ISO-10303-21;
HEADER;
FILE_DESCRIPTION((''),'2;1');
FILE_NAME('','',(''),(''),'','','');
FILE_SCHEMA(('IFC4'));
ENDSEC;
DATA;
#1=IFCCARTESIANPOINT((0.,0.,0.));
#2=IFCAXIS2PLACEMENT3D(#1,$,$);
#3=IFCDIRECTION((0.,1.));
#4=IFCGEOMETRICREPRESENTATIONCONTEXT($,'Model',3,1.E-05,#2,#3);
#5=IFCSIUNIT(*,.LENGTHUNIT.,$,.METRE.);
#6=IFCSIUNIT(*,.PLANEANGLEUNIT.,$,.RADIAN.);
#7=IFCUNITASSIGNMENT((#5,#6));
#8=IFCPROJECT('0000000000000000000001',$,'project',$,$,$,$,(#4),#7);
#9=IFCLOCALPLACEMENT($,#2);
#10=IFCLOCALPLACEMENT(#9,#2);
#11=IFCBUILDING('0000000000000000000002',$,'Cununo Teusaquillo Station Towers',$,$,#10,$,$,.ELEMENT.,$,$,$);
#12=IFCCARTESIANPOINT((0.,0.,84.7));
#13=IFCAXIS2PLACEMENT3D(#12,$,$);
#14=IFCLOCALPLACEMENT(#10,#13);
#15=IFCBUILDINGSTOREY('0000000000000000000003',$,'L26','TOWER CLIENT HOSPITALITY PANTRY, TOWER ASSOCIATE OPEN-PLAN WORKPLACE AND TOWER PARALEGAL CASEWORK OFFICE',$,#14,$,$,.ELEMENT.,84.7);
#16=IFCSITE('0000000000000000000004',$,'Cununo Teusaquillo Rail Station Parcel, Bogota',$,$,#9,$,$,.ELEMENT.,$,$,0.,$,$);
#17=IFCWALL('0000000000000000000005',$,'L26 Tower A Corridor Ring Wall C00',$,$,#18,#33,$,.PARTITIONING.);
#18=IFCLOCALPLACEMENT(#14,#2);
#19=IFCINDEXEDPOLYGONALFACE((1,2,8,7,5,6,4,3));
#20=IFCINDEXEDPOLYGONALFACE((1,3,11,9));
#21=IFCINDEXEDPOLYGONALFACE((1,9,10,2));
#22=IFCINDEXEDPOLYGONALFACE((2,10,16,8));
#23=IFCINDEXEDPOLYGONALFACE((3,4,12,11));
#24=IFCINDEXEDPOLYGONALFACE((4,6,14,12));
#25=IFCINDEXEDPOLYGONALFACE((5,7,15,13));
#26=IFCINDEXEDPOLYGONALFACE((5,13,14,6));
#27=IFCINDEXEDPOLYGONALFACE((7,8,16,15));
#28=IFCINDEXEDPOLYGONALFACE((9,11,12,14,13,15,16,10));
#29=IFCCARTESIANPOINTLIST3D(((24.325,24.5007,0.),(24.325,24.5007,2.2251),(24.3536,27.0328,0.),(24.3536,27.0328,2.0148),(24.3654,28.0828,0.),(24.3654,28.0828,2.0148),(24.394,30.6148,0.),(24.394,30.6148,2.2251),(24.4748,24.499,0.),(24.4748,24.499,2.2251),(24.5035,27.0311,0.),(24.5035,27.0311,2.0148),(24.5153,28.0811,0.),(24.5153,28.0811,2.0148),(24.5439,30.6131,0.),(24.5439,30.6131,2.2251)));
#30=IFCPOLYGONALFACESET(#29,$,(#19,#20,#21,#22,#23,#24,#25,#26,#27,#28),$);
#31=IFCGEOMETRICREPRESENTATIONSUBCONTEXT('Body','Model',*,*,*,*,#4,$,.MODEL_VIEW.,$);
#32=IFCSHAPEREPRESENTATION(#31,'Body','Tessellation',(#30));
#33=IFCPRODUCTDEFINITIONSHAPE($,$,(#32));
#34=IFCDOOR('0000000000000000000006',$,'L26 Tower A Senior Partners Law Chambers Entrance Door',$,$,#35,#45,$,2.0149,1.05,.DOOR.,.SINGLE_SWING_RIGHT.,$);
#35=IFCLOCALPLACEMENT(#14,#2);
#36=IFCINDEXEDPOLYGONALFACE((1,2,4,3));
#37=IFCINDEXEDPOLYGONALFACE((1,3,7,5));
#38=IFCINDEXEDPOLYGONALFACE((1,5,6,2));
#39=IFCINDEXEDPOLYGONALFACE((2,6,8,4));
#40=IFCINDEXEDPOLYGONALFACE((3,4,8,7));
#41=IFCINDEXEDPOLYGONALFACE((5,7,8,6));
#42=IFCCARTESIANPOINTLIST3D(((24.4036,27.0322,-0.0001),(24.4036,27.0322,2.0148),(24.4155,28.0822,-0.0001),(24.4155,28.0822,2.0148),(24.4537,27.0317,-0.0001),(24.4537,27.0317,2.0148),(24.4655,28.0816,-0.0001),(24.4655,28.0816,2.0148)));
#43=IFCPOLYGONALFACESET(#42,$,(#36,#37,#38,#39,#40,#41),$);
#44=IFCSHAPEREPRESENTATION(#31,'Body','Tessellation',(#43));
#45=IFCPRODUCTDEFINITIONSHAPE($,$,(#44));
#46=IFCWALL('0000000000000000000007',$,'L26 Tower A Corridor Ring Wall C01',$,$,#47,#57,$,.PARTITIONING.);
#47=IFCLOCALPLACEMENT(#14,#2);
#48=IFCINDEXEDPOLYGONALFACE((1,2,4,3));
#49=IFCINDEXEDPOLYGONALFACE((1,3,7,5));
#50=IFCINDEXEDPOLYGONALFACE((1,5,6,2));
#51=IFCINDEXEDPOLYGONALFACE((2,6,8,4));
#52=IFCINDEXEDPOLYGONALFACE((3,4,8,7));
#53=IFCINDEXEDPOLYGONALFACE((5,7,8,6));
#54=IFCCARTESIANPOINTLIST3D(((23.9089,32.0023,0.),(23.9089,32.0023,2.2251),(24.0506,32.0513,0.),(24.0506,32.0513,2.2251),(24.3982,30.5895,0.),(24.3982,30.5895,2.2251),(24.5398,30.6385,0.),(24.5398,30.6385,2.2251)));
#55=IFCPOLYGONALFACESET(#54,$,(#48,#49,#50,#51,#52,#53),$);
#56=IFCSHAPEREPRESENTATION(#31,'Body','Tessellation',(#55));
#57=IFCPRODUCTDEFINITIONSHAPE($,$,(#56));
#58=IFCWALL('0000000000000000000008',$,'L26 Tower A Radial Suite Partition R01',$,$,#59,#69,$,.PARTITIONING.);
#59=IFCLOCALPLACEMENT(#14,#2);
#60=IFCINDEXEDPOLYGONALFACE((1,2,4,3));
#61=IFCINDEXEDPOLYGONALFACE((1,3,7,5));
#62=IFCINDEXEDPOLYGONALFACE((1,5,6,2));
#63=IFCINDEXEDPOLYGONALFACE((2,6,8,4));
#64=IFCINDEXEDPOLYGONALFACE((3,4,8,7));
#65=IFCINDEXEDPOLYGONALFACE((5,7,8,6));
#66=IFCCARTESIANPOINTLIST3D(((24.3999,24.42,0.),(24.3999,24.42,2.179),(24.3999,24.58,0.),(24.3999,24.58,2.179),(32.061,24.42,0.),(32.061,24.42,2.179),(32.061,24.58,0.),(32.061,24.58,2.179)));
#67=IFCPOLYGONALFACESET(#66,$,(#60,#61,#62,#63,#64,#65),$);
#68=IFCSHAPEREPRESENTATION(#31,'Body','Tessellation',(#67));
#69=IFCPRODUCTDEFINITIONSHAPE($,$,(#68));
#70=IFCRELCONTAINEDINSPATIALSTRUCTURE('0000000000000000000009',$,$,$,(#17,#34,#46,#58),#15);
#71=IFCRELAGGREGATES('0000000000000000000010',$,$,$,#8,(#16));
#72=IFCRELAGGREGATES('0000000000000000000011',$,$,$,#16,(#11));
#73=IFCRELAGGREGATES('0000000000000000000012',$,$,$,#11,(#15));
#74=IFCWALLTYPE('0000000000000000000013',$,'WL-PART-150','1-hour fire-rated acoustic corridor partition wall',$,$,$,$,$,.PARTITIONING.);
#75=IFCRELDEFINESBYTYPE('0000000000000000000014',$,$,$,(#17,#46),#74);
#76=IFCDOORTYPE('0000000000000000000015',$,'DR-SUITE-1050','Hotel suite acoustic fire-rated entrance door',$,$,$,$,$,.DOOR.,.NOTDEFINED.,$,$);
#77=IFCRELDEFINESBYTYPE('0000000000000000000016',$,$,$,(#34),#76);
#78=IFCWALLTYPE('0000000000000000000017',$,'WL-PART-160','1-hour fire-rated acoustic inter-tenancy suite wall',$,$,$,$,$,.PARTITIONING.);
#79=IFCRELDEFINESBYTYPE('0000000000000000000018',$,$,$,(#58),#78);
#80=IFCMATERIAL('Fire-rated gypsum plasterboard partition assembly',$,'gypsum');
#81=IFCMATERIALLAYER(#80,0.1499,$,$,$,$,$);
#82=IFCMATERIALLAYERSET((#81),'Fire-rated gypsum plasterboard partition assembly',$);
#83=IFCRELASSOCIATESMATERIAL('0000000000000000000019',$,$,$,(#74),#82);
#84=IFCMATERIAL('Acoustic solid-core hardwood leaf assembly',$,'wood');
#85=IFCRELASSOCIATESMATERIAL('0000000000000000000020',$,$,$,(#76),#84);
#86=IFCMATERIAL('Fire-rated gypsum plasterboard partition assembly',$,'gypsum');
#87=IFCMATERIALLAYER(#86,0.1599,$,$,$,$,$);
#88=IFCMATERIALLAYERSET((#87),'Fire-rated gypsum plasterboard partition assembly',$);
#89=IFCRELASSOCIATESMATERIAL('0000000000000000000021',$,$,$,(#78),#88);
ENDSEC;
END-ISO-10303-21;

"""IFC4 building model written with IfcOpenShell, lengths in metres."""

from ifc_helpers import new_model, si_unit, direction, frame, frame_2d, origin, place, context, subcontext, project, spatial, rectangle, extrude, source, transform, mapped, material, layer, layer_set, type_object, element, fill, save


model = new_model("IFC4")

# Units and contexts
model_context = context("Model", 3, precision=1e-05, world=origin(), true_north=direction((0.0, 1.0)))
body_context = subcontext(model_context, "Body", "Model", "MODEL_VIEW")
ifc_project = project(units=[si_unit("LENGTHUNIT", "METRE"), si_unit("PLANEANGLEUNIT", "RADIAN")], contexts=[model_context])

# Site, building, storey
site_placement = place(None, origin())
site = spatial("IfcSite", under=ifc_project, at=site_placement, Name="Cununo Teusaquillo Rail Station Parcel, Bogota", CompositionType="ELEMENT", RefElevation=0.0)
building_placement = place(site_placement, origin())
building = spatial("IfcBuilding", under=site, at=building_placement, Name="Cununo Teusaquillo Station Towers", CompositionType="ELEMENT")
storey_placement = place(building_placement, frame((0.0, 0.0, 84.7)))
storey = spatial("IfcBuildingStorey", under=building, at=storey_placement, Name="L26", Description="TOWER CLIENT HOSPITALITY PANTRY, TOWER ASSOCIATE OPEN-PLAN WORKPLACE AND TOWER PARALEGAL CASEWORK OFFICE", CompositionType="ELEMENT", Elevation=84.7)

# Wall, opening, door
ifc_material_1 = material(Name="Fire-rated gypsum plasterboard partition assembly", Category="gypsum")
ifc_layer_1 = layer(ifc_material_1, 0.1499)
ifc_layer_set_1 = layer_set([ifc_layer_1], Name="Fire-rated gypsum plasterboard partition assembly")
wall_type_1 = type_object("IfcWallType", Name="WL-PART-150", Description="1-hour fire-rated acoustic corridor partition wall", PredefinedType="PARTITIONING", material=ifc_layer_set_1)
wall_1_placement = place(storey_placement, frame((24.3999, 24.5, 0.0), z_axis=(0.0, 0.0, 1.0), x_axis=(0.0113, 0.999936, 0.0)))
wall_1 = element("IfcWall", 1, at=wall_1_placement, inside=storey, type_object=wall_type_1, Name="L26 Tower A Corridor Ring Wall C00", PredefinedType="PARTITIONING", context=body_context, shape_type="SweptSolid", body=[
    extrude(rectangle(XDim=6.1145, YDim=0.1499, at=frame_2d((3.0571, 0.0))), origin(), (0.0, 0.0, 1.0), 2.2251),
])
shared_shape_1 = source(origin(), body_context, "Body", "SweptSolid", [
    extrude(rectangle(XDim=1.05, YDim=2.0149, at=frame_2d((0.5249, 1.0073))), frame((0.0, 0.085, 0.0), z_axis=(0.0, -1.0, 0.0), x_axis=(1.0, 0.0, 0.0)), (0.0, 0.0, 1.0), 0.1699),
])
opening_1_placement = place(wall_1_placement, frame((2.5322, 0.0, 0.0)))
opening_1 = element("IfcOpeningElement", 2, at=opening_1_placement, cuts=wall_1, PredefinedType="OPENING", context=body_context, shape_type="MappedRepresentation", body=[
    mapped(shared_shape_1, transform((0.0, 0.0, 0.0), x_axis=(1.0, 0.0, 0.0), y_axis=(0.0, 1.0, 0.0), z_axis=(0.0, 0.0, 1.0), scale=1.0)),
])
ifc_material_2 = material(Name="Acoustic solid-core hardwood leaf assembly", Category="wood")
door_type_1 = type_object("IfcDoorType", Name="DR-SUITE-1050", Description="Hotel suite acoustic fire-rated entrance door", OperationType="NOTDEFINED", PredefinedType="DOOR", material=ifc_material_2)
shared_shape_2 = source(origin(), body_context, "Body", "SweptSolid", [
    extrude(rectangle(XDim=1.05, YDim=2.0149, at=frame_2d((0.5249, 1.0073))), frame((0.0, 0.0249, 0.0), z_axis=(0.0, -1.0, 0.0), x_axis=(1.0, 0.0, 0.0)), (0.0, 0.0, 1.0), 0.05),
])
door_1_placement = place(opening_1_placement, origin())
door_1 = element("IfcDoor", 3, at=door_1_placement, inside=storey, type_object=door_type_1, Name="L26 Tower A Senior Partners Law Chambers Entrance Door", OperationType="SINGLE_SWING_RIGHT", OverallHeight=2.0149, OverallWidth=1.05, PredefinedType="DOOR", context=body_context, shape_type="MappedRepresentation", body=[
    mapped(shared_shape_2, transform((0.0, 0.0, 0.0), x_axis=(1.0, 0.0, 0.0), y_axis=(0.0, 1.0, 0.0), z_axis=(0.0, 0.0, 1.0), scale=1.0)),
])
fill(opening_1, door_1)

# Walls
wall_2_placement = place(storey_placement, frame((24.469, 30.614, 0.0), z_axis=(0.0, 0.0, 1.0), x_axis=(-0.327228, 0.944945, 0.0)))
element("IfcWall", 4, at=wall_2_placement, inside=storey, type_object=wall_type_1, Name="L26 Tower A Corridor Ring Wall C01", PredefinedType="PARTITIONING", context=body_context, shape_type="SweptSolid", body=[
    extrude(rectangle(XDim=1.4951, YDim=0.1499, at=frame_2d((0.7476, 0.0))), origin(), (0.0, 0.0, 1.0), 2.2251),
])
ifc_material_3 = material(Name="Fire-rated gypsum plasterboard partition assembly", Category="gypsum")
ifc_layer_2 = layer(ifc_material_3, 0.1599)
ifc_layer_set_2 = layer_set([ifc_layer_2], Name="Fire-rated gypsum plasterboard partition assembly")
wall_type_2 = type_object("IfcWallType", Name="WL-PART-160", Description="1-hour fire-rated acoustic inter-tenancy suite wall", PredefinedType="PARTITIONING", material=ifc_layer_set_2)
wall_3_placement = place(storey_placement, frame((24.3999, 24.5, 0.0), z_axis=(0.0, 0.0, 1.0), x_axis=(1.0, 0.0, 0.0)))
element("IfcWall", 5, at=wall_3_placement, inside=storey, type_object=wall_type_2, Name="L26 Tower A Radial Suite Partition R01", PredefinedType="PARTITIONING", context=body_context, shape_type="SweptSolid", body=[
    extrude(rectangle(XDim=7.6611, YDim=0.1599, at=frame_2d((3.8306, 0.0))), origin(), (0.0, 0.0, 1.0), 2.179),
])

save(model, "model.ifc")
